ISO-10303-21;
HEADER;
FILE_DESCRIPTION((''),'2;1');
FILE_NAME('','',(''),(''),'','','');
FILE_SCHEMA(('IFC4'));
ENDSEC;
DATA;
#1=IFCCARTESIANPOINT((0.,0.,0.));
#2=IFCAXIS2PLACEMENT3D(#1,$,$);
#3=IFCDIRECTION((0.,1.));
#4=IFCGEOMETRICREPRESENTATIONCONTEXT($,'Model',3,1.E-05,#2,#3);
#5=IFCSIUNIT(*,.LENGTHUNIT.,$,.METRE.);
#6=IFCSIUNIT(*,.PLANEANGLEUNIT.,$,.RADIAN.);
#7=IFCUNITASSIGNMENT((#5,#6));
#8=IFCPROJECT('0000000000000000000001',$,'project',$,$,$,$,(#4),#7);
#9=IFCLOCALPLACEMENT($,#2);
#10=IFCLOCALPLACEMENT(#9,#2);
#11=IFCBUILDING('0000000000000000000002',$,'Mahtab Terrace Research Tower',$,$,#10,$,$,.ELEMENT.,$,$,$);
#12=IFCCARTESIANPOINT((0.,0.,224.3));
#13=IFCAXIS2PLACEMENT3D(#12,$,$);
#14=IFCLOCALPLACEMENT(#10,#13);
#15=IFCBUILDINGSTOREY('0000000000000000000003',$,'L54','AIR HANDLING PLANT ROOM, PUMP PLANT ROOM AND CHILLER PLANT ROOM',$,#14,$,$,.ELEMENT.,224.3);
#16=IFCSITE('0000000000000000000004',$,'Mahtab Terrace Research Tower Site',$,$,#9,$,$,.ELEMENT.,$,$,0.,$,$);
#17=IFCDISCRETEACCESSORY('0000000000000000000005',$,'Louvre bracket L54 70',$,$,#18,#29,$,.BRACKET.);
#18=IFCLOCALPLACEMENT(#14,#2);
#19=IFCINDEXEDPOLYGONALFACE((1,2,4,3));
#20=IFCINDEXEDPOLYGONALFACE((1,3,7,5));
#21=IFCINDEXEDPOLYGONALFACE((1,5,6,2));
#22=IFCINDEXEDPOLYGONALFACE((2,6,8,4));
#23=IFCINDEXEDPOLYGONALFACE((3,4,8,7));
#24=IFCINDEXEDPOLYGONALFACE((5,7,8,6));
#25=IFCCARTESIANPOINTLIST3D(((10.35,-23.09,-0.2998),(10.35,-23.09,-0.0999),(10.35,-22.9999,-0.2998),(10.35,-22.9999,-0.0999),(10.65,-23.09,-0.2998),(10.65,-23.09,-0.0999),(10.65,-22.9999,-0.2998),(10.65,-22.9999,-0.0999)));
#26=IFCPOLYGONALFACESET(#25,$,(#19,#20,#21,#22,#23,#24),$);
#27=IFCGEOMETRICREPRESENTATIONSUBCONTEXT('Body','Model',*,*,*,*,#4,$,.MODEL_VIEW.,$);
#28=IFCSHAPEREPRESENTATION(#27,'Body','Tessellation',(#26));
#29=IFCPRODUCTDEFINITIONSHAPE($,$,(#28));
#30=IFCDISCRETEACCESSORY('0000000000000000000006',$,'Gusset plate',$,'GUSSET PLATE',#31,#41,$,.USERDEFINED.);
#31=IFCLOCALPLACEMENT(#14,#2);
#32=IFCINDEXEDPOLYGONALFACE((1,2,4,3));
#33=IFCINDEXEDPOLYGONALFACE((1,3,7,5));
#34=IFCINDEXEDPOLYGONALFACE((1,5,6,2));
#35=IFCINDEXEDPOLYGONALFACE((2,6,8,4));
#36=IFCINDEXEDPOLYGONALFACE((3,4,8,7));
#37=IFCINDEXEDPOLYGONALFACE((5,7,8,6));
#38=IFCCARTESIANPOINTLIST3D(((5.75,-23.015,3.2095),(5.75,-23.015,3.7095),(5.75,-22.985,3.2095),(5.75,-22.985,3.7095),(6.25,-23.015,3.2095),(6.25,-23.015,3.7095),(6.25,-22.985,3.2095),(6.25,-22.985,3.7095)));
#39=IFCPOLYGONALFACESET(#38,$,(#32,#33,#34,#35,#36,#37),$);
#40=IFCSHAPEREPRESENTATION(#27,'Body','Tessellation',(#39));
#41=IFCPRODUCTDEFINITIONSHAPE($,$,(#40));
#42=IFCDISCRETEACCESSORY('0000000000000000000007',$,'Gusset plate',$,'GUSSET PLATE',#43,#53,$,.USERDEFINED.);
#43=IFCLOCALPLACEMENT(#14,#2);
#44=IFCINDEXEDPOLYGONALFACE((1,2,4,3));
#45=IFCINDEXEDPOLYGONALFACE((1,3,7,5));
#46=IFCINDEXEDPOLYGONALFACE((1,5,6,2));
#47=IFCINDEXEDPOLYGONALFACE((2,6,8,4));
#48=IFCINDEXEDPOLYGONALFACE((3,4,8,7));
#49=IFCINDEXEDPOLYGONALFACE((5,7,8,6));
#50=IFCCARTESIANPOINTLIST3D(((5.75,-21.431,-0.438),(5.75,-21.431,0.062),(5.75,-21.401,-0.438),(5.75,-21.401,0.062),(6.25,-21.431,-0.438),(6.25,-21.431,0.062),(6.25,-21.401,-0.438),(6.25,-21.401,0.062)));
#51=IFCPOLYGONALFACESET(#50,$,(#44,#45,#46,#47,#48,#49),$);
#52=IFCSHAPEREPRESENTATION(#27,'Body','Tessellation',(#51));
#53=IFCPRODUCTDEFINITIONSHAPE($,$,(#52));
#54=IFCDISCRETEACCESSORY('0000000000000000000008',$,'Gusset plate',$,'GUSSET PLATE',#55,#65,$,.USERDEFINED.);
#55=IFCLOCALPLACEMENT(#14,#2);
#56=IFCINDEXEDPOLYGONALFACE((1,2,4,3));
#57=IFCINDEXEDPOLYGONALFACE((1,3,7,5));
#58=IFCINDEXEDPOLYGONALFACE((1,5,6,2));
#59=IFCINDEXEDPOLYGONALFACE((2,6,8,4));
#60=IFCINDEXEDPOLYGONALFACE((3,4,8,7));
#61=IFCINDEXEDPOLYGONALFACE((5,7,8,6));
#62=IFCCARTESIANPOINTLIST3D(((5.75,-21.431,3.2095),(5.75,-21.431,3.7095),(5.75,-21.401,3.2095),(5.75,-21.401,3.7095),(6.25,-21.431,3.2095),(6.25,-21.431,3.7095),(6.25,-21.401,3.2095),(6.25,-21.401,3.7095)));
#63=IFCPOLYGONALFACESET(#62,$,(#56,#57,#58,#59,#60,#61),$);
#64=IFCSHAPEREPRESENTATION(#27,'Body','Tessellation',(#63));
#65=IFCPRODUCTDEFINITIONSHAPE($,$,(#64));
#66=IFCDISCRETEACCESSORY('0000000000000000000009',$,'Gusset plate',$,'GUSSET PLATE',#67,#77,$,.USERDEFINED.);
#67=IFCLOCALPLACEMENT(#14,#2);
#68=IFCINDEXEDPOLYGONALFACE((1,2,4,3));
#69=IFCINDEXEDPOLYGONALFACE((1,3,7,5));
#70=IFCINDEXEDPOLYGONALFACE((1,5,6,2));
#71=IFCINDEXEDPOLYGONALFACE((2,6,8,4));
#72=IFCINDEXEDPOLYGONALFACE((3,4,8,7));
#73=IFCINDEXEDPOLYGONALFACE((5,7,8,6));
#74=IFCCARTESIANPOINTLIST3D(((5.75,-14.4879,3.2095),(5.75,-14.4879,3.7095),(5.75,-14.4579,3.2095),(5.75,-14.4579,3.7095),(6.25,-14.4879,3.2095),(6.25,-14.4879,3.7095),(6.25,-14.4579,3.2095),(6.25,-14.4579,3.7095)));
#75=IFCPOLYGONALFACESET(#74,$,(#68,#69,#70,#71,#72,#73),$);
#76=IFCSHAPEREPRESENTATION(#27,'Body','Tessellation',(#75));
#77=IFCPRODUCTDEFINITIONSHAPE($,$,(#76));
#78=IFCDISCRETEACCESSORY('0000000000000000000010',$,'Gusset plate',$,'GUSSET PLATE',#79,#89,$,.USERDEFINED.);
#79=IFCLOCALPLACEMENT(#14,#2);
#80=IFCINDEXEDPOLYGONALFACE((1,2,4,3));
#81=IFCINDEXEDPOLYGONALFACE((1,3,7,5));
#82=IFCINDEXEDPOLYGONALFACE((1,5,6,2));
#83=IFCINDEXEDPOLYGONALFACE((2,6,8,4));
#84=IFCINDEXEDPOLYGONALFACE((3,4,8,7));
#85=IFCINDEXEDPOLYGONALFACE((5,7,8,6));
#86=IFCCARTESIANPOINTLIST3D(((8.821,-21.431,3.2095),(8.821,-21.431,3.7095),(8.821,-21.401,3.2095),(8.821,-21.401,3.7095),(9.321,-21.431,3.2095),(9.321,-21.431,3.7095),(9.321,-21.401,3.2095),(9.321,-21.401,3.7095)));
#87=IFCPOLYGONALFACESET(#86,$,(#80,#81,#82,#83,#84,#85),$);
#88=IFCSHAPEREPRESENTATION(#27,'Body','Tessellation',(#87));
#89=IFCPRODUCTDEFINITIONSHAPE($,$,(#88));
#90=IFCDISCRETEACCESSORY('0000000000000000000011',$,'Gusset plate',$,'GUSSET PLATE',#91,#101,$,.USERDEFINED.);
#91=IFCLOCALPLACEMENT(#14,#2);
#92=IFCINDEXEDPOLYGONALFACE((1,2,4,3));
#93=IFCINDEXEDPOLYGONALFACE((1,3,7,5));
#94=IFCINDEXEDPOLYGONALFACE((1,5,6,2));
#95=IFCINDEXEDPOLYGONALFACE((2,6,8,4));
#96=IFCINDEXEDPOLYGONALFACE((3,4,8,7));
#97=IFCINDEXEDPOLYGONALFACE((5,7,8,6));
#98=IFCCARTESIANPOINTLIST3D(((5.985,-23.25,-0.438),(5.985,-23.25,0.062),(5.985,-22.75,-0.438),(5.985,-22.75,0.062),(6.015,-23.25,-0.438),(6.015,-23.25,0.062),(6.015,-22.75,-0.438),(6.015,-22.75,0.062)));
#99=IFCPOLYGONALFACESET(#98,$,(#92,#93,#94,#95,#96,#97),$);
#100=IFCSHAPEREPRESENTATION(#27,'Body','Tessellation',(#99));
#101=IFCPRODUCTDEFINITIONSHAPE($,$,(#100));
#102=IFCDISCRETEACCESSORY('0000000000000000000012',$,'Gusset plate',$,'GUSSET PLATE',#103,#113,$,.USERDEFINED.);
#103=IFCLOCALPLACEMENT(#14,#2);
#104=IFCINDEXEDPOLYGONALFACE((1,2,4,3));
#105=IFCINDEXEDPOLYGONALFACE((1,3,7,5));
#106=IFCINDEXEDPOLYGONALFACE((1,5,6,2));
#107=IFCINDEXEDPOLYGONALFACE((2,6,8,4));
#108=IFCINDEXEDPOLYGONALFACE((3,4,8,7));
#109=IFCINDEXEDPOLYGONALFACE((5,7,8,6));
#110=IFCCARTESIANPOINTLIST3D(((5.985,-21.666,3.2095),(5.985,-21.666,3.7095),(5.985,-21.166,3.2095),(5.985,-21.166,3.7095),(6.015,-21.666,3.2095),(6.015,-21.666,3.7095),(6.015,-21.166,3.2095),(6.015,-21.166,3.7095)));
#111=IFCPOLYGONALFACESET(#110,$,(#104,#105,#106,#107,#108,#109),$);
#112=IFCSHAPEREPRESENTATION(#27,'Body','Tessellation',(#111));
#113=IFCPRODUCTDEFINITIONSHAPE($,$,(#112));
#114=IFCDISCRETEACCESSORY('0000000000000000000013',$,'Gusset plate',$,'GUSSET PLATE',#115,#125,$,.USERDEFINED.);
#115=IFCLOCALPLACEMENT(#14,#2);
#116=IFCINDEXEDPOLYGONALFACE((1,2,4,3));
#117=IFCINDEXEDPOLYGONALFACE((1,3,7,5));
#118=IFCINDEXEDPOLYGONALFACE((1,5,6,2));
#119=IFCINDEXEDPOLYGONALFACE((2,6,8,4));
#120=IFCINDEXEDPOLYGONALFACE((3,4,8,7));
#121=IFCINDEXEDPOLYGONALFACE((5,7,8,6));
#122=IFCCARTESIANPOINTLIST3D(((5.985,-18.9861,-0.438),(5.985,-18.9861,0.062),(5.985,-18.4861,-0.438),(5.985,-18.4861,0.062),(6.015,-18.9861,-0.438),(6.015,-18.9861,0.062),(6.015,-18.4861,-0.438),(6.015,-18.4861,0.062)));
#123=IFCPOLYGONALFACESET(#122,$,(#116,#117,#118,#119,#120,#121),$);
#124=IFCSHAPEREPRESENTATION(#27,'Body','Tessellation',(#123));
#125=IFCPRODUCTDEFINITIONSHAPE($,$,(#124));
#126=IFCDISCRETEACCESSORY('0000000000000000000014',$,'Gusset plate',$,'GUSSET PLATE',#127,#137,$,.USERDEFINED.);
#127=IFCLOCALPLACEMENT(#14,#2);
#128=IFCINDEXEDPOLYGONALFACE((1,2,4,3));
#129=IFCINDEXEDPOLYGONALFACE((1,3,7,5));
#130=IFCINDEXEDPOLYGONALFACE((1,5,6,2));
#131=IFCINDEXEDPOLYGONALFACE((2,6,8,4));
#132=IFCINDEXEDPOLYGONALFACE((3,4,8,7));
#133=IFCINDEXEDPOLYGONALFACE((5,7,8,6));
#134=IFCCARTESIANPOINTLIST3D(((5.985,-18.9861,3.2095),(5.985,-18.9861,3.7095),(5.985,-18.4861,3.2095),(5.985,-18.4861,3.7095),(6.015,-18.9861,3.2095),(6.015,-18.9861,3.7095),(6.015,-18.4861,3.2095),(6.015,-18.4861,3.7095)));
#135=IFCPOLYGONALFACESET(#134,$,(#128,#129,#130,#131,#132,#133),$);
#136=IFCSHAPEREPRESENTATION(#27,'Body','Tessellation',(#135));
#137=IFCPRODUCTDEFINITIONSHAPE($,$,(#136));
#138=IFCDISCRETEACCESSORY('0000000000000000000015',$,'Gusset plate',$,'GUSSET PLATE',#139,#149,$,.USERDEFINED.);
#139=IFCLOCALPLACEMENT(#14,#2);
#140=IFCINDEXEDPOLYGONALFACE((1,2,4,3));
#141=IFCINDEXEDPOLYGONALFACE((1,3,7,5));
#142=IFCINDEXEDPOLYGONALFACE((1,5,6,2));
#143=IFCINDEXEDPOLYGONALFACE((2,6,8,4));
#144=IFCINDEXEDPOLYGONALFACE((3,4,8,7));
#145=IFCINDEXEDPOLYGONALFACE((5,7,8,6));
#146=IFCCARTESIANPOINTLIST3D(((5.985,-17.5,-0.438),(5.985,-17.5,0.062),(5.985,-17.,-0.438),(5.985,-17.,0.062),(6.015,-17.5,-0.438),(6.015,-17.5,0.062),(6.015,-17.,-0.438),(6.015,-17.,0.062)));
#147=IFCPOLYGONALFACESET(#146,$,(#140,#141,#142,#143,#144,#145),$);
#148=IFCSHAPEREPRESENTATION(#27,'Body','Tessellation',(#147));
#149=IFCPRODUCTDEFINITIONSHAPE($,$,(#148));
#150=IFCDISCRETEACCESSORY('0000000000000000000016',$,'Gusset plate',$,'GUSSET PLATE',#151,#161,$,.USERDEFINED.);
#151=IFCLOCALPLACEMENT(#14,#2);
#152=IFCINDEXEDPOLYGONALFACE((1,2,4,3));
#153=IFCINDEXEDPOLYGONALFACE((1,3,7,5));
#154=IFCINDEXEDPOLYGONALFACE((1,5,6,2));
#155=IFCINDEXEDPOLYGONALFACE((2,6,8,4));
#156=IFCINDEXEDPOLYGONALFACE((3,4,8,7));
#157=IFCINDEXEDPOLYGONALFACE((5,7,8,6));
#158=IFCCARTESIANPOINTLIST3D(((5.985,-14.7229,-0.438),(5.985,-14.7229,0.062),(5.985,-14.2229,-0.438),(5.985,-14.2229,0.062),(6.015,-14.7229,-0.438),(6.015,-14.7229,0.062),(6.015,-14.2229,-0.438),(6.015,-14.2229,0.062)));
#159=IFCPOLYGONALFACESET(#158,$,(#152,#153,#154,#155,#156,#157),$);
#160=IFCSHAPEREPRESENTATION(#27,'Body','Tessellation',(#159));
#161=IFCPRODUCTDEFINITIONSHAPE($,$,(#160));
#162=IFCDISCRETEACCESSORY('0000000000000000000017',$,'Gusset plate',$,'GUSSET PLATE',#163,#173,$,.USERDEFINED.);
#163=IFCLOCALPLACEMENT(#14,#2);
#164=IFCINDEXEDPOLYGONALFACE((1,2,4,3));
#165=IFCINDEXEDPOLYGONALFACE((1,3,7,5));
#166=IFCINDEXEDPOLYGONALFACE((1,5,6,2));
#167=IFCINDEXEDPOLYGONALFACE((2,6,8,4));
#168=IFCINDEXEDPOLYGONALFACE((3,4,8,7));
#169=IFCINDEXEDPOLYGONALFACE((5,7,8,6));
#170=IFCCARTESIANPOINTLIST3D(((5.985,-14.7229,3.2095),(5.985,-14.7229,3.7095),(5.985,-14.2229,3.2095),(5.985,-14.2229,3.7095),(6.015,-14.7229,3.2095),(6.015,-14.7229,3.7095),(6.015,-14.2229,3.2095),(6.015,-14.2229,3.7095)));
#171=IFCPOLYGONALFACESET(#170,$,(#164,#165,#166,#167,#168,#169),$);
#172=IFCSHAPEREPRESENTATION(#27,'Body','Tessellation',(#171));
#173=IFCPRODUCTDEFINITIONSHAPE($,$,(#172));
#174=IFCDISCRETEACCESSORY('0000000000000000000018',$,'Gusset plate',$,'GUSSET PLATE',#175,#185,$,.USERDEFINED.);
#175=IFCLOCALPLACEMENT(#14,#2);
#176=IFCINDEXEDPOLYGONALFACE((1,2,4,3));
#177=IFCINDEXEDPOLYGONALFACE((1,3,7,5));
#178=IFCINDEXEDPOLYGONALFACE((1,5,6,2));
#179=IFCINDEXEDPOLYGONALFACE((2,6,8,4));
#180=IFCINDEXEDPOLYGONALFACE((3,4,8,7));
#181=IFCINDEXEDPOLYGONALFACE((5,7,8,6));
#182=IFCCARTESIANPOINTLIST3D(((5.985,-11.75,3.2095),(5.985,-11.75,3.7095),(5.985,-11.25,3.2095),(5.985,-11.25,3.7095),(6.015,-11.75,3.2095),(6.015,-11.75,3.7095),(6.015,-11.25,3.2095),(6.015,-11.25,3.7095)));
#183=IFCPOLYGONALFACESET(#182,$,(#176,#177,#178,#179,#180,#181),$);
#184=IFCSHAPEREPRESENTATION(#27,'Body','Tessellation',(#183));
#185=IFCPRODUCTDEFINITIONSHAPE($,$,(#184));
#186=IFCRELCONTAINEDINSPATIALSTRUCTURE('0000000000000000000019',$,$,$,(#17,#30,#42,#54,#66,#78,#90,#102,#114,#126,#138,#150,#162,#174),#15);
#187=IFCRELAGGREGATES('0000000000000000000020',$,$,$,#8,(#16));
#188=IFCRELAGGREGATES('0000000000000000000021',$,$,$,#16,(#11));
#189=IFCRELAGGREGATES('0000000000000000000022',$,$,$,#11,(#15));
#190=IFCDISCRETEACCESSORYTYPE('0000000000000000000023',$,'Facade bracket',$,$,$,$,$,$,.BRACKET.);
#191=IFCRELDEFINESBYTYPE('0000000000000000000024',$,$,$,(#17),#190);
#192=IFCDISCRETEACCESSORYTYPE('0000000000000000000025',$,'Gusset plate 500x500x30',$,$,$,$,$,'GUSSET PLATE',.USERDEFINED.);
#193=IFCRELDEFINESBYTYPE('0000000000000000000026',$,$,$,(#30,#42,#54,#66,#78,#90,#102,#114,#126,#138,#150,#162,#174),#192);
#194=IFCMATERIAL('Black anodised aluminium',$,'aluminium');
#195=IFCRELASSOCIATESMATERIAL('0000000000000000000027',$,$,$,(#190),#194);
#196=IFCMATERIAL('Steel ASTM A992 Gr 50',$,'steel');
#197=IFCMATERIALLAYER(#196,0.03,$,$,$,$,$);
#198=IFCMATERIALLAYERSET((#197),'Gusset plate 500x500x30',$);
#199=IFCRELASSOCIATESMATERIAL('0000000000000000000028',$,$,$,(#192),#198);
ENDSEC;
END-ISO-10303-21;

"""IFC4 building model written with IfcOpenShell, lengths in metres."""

from ifc_helpers import new_model, si_unit, direction, frame, origin, origin_2d, place, context, subcontext, project, spatial, rectangle, extrude, material, layer, layer_set, type_object, element, save


model = new_model("IFC4")

# Units and contexts
model_context = context("Model", 3, precision=1e-05, world=origin(), true_north=direction((0.0, 1.0)))
body_context = subcontext(model_context, "Body", "Model", "MODEL_VIEW")
ifc_project = project(units=[si_unit("LENGTHUNIT", "METRE"), si_unit("PLANEANGLEUNIT", "RADIAN")], contexts=[model_context])

# Site, building, storey
site_placement = place(None, origin())
site = spatial("IfcSite", under=ifc_project, at=site_placement, Name="Mahtab Terrace Research Tower Site", CompositionType="ELEMENT", RefElevation=0.0)
building_placement = place(site_placement, origin())
building = spatial("IfcBuilding", under=site, at=building_placement, Name="Mahtab Terrace Research Tower", CompositionType="ELEMENT")
storey_placement = place(building_placement, frame((0.0, 0.0, 224.3)))
storey = spatial("IfcBuildingStorey", under=building, at=storey_placement, Name="L54", Description="AIR HANDLING PLANT ROOM, PUMP PLANT ROOM AND CHILLER PLANT ROOM", CompositionType="ELEMENT", Elevation=224.3)

# Shared definitions
ifc_material_1 = material(Name="Steel ASTM A992 Gr 50", Category="steel")

# Discrete accessories
ifc_material_2 = material(Name="Black anodised aluminium", Category="aluminium")
discrete_accessory_type_1 = type_object("IfcDiscreteAccessoryType", Name="Facade bracket", PredefinedType="BRACKET", material=ifc_material_2)
for number, where, z_axis, x_axis, name in (
    (1, (10.5, -23.0449, -0.2998), (0.0, 0.0, 1.0), (1.0, 0.0, 0.0), "Louvre bracket L54 70"),
):
    element("IfcDiscreteAccessory", number, at=place(storey_placement, frame(where, z_axis=z_axis, x_axis=x_axis)), inside=storey, type_object=discrete_accessory_type_1, Name=name, PredefinedType="BRACKET", context=body_context, shape_type="SweptSolid", body=[
        extrude(rectangle(XDim=0.3, YDim=0.0901, at=origin_2d()), origin(), (0.0, 0.0, 1.0), 0.2),
    ])
ifc_layer_1 = layer(ifc_material_1, 0.03)
ifc_layer_set_1 = layer_set([ifc_layer_1], Name="Gusset plate 500x500x30")
discrete_accessory_type_2 = type_object("IfcDiscreteAccessoryType", Name="Gusset plate 500x500x30", ElementType="GUSSET PLATE", PredefinedType="USERDEFINED", material=ifc_layer_set_1)
for number, where, z_axis, x_axis, name in (
    (2, (6.0, -23.0, 3.2095), (0.0, 0.0, 1.0), (1.0, 0.0, 0.0), "Gusset plate"),
    (3, (6.0, -21.416, -0.438), (0.0, 0.0, 1.0), (1.0, 0.0, 0.0), "Gusset plate"),
    (4, (6.0, -21.416, 3.2095), (0.0, 0.0, 1.0), (1.0, 0.0, 0.0), "Gusset plate"),
    (5, (6.0, -14.4729, 3.2095), (0.0, 0.0, 1.0), (1.0, 0.0, 0.0), "Gusset plate"),
    (6, (9.071, -21.416, 3.2095), (0.0, 0.0, 1.0), (1.0, 0.0, 0.0), "Gusset plate"),
    (7, (6.0, -23.0, -0.438), (0.0, 0.0, 1.0), (0.0, 1.0, 0.0), "Gusset plate"),
    (8, (6.0, -21.416, 3.2095), (0.0, 0.0, 1.0), (0.0, 1.0, 0.0), "Gusset plate"),
    (9, (6.0, -18.7361, -0.438), (0.0, 0.0, 1.0), (0.0, 1.0, 0.0), "Gusset plate"),
    (10, (6.0, -18.7361, 3.2095), (0.0, 0.0, 1.0), (0.0, 1.0, 0.0), "Gusset plate"),
    (11, (6.0, -17.25, -0.438), (0.0, 0.0, 1.0), (0.0, 1.0, 0.0), "Gusset plate"),
    (12, (6.0, -14.4729, -0.438), (0.0, 0.0, 1.0), (0.0, 1.0, 0.0), "Gusset plate"),
    (13, (6.0, -14.4729, 3.2095), (0.0, 0.0, 1.0), (0.0, 1.0, 0.0), "Gusset plate"),
    (14, (6.0, -11.5, 3.2095), (0.0, 0.0, 1.0), (0.0, 1.0, 0.0), "Gusset plate"),
):
    element("IfcDiscreteAccessory", number, at=place(storey_placement, frame(where, z_axis=z_axis, x_axis=x_axis)), inside=storey, type_object=discrete_accessory_type_2, Name=name, ObjectType="GUSSET PLATE", PredefinedType="USERDEFINED", context=body_context, shape_type="SweptSolid", body=[
        extrude(rectangle(XDim=0.5, YDim=0.03, at=origin_2d()), origin(), (0.0, 0.0, 1.0), 0.5),
    ])

save(model, "model.ifc")
